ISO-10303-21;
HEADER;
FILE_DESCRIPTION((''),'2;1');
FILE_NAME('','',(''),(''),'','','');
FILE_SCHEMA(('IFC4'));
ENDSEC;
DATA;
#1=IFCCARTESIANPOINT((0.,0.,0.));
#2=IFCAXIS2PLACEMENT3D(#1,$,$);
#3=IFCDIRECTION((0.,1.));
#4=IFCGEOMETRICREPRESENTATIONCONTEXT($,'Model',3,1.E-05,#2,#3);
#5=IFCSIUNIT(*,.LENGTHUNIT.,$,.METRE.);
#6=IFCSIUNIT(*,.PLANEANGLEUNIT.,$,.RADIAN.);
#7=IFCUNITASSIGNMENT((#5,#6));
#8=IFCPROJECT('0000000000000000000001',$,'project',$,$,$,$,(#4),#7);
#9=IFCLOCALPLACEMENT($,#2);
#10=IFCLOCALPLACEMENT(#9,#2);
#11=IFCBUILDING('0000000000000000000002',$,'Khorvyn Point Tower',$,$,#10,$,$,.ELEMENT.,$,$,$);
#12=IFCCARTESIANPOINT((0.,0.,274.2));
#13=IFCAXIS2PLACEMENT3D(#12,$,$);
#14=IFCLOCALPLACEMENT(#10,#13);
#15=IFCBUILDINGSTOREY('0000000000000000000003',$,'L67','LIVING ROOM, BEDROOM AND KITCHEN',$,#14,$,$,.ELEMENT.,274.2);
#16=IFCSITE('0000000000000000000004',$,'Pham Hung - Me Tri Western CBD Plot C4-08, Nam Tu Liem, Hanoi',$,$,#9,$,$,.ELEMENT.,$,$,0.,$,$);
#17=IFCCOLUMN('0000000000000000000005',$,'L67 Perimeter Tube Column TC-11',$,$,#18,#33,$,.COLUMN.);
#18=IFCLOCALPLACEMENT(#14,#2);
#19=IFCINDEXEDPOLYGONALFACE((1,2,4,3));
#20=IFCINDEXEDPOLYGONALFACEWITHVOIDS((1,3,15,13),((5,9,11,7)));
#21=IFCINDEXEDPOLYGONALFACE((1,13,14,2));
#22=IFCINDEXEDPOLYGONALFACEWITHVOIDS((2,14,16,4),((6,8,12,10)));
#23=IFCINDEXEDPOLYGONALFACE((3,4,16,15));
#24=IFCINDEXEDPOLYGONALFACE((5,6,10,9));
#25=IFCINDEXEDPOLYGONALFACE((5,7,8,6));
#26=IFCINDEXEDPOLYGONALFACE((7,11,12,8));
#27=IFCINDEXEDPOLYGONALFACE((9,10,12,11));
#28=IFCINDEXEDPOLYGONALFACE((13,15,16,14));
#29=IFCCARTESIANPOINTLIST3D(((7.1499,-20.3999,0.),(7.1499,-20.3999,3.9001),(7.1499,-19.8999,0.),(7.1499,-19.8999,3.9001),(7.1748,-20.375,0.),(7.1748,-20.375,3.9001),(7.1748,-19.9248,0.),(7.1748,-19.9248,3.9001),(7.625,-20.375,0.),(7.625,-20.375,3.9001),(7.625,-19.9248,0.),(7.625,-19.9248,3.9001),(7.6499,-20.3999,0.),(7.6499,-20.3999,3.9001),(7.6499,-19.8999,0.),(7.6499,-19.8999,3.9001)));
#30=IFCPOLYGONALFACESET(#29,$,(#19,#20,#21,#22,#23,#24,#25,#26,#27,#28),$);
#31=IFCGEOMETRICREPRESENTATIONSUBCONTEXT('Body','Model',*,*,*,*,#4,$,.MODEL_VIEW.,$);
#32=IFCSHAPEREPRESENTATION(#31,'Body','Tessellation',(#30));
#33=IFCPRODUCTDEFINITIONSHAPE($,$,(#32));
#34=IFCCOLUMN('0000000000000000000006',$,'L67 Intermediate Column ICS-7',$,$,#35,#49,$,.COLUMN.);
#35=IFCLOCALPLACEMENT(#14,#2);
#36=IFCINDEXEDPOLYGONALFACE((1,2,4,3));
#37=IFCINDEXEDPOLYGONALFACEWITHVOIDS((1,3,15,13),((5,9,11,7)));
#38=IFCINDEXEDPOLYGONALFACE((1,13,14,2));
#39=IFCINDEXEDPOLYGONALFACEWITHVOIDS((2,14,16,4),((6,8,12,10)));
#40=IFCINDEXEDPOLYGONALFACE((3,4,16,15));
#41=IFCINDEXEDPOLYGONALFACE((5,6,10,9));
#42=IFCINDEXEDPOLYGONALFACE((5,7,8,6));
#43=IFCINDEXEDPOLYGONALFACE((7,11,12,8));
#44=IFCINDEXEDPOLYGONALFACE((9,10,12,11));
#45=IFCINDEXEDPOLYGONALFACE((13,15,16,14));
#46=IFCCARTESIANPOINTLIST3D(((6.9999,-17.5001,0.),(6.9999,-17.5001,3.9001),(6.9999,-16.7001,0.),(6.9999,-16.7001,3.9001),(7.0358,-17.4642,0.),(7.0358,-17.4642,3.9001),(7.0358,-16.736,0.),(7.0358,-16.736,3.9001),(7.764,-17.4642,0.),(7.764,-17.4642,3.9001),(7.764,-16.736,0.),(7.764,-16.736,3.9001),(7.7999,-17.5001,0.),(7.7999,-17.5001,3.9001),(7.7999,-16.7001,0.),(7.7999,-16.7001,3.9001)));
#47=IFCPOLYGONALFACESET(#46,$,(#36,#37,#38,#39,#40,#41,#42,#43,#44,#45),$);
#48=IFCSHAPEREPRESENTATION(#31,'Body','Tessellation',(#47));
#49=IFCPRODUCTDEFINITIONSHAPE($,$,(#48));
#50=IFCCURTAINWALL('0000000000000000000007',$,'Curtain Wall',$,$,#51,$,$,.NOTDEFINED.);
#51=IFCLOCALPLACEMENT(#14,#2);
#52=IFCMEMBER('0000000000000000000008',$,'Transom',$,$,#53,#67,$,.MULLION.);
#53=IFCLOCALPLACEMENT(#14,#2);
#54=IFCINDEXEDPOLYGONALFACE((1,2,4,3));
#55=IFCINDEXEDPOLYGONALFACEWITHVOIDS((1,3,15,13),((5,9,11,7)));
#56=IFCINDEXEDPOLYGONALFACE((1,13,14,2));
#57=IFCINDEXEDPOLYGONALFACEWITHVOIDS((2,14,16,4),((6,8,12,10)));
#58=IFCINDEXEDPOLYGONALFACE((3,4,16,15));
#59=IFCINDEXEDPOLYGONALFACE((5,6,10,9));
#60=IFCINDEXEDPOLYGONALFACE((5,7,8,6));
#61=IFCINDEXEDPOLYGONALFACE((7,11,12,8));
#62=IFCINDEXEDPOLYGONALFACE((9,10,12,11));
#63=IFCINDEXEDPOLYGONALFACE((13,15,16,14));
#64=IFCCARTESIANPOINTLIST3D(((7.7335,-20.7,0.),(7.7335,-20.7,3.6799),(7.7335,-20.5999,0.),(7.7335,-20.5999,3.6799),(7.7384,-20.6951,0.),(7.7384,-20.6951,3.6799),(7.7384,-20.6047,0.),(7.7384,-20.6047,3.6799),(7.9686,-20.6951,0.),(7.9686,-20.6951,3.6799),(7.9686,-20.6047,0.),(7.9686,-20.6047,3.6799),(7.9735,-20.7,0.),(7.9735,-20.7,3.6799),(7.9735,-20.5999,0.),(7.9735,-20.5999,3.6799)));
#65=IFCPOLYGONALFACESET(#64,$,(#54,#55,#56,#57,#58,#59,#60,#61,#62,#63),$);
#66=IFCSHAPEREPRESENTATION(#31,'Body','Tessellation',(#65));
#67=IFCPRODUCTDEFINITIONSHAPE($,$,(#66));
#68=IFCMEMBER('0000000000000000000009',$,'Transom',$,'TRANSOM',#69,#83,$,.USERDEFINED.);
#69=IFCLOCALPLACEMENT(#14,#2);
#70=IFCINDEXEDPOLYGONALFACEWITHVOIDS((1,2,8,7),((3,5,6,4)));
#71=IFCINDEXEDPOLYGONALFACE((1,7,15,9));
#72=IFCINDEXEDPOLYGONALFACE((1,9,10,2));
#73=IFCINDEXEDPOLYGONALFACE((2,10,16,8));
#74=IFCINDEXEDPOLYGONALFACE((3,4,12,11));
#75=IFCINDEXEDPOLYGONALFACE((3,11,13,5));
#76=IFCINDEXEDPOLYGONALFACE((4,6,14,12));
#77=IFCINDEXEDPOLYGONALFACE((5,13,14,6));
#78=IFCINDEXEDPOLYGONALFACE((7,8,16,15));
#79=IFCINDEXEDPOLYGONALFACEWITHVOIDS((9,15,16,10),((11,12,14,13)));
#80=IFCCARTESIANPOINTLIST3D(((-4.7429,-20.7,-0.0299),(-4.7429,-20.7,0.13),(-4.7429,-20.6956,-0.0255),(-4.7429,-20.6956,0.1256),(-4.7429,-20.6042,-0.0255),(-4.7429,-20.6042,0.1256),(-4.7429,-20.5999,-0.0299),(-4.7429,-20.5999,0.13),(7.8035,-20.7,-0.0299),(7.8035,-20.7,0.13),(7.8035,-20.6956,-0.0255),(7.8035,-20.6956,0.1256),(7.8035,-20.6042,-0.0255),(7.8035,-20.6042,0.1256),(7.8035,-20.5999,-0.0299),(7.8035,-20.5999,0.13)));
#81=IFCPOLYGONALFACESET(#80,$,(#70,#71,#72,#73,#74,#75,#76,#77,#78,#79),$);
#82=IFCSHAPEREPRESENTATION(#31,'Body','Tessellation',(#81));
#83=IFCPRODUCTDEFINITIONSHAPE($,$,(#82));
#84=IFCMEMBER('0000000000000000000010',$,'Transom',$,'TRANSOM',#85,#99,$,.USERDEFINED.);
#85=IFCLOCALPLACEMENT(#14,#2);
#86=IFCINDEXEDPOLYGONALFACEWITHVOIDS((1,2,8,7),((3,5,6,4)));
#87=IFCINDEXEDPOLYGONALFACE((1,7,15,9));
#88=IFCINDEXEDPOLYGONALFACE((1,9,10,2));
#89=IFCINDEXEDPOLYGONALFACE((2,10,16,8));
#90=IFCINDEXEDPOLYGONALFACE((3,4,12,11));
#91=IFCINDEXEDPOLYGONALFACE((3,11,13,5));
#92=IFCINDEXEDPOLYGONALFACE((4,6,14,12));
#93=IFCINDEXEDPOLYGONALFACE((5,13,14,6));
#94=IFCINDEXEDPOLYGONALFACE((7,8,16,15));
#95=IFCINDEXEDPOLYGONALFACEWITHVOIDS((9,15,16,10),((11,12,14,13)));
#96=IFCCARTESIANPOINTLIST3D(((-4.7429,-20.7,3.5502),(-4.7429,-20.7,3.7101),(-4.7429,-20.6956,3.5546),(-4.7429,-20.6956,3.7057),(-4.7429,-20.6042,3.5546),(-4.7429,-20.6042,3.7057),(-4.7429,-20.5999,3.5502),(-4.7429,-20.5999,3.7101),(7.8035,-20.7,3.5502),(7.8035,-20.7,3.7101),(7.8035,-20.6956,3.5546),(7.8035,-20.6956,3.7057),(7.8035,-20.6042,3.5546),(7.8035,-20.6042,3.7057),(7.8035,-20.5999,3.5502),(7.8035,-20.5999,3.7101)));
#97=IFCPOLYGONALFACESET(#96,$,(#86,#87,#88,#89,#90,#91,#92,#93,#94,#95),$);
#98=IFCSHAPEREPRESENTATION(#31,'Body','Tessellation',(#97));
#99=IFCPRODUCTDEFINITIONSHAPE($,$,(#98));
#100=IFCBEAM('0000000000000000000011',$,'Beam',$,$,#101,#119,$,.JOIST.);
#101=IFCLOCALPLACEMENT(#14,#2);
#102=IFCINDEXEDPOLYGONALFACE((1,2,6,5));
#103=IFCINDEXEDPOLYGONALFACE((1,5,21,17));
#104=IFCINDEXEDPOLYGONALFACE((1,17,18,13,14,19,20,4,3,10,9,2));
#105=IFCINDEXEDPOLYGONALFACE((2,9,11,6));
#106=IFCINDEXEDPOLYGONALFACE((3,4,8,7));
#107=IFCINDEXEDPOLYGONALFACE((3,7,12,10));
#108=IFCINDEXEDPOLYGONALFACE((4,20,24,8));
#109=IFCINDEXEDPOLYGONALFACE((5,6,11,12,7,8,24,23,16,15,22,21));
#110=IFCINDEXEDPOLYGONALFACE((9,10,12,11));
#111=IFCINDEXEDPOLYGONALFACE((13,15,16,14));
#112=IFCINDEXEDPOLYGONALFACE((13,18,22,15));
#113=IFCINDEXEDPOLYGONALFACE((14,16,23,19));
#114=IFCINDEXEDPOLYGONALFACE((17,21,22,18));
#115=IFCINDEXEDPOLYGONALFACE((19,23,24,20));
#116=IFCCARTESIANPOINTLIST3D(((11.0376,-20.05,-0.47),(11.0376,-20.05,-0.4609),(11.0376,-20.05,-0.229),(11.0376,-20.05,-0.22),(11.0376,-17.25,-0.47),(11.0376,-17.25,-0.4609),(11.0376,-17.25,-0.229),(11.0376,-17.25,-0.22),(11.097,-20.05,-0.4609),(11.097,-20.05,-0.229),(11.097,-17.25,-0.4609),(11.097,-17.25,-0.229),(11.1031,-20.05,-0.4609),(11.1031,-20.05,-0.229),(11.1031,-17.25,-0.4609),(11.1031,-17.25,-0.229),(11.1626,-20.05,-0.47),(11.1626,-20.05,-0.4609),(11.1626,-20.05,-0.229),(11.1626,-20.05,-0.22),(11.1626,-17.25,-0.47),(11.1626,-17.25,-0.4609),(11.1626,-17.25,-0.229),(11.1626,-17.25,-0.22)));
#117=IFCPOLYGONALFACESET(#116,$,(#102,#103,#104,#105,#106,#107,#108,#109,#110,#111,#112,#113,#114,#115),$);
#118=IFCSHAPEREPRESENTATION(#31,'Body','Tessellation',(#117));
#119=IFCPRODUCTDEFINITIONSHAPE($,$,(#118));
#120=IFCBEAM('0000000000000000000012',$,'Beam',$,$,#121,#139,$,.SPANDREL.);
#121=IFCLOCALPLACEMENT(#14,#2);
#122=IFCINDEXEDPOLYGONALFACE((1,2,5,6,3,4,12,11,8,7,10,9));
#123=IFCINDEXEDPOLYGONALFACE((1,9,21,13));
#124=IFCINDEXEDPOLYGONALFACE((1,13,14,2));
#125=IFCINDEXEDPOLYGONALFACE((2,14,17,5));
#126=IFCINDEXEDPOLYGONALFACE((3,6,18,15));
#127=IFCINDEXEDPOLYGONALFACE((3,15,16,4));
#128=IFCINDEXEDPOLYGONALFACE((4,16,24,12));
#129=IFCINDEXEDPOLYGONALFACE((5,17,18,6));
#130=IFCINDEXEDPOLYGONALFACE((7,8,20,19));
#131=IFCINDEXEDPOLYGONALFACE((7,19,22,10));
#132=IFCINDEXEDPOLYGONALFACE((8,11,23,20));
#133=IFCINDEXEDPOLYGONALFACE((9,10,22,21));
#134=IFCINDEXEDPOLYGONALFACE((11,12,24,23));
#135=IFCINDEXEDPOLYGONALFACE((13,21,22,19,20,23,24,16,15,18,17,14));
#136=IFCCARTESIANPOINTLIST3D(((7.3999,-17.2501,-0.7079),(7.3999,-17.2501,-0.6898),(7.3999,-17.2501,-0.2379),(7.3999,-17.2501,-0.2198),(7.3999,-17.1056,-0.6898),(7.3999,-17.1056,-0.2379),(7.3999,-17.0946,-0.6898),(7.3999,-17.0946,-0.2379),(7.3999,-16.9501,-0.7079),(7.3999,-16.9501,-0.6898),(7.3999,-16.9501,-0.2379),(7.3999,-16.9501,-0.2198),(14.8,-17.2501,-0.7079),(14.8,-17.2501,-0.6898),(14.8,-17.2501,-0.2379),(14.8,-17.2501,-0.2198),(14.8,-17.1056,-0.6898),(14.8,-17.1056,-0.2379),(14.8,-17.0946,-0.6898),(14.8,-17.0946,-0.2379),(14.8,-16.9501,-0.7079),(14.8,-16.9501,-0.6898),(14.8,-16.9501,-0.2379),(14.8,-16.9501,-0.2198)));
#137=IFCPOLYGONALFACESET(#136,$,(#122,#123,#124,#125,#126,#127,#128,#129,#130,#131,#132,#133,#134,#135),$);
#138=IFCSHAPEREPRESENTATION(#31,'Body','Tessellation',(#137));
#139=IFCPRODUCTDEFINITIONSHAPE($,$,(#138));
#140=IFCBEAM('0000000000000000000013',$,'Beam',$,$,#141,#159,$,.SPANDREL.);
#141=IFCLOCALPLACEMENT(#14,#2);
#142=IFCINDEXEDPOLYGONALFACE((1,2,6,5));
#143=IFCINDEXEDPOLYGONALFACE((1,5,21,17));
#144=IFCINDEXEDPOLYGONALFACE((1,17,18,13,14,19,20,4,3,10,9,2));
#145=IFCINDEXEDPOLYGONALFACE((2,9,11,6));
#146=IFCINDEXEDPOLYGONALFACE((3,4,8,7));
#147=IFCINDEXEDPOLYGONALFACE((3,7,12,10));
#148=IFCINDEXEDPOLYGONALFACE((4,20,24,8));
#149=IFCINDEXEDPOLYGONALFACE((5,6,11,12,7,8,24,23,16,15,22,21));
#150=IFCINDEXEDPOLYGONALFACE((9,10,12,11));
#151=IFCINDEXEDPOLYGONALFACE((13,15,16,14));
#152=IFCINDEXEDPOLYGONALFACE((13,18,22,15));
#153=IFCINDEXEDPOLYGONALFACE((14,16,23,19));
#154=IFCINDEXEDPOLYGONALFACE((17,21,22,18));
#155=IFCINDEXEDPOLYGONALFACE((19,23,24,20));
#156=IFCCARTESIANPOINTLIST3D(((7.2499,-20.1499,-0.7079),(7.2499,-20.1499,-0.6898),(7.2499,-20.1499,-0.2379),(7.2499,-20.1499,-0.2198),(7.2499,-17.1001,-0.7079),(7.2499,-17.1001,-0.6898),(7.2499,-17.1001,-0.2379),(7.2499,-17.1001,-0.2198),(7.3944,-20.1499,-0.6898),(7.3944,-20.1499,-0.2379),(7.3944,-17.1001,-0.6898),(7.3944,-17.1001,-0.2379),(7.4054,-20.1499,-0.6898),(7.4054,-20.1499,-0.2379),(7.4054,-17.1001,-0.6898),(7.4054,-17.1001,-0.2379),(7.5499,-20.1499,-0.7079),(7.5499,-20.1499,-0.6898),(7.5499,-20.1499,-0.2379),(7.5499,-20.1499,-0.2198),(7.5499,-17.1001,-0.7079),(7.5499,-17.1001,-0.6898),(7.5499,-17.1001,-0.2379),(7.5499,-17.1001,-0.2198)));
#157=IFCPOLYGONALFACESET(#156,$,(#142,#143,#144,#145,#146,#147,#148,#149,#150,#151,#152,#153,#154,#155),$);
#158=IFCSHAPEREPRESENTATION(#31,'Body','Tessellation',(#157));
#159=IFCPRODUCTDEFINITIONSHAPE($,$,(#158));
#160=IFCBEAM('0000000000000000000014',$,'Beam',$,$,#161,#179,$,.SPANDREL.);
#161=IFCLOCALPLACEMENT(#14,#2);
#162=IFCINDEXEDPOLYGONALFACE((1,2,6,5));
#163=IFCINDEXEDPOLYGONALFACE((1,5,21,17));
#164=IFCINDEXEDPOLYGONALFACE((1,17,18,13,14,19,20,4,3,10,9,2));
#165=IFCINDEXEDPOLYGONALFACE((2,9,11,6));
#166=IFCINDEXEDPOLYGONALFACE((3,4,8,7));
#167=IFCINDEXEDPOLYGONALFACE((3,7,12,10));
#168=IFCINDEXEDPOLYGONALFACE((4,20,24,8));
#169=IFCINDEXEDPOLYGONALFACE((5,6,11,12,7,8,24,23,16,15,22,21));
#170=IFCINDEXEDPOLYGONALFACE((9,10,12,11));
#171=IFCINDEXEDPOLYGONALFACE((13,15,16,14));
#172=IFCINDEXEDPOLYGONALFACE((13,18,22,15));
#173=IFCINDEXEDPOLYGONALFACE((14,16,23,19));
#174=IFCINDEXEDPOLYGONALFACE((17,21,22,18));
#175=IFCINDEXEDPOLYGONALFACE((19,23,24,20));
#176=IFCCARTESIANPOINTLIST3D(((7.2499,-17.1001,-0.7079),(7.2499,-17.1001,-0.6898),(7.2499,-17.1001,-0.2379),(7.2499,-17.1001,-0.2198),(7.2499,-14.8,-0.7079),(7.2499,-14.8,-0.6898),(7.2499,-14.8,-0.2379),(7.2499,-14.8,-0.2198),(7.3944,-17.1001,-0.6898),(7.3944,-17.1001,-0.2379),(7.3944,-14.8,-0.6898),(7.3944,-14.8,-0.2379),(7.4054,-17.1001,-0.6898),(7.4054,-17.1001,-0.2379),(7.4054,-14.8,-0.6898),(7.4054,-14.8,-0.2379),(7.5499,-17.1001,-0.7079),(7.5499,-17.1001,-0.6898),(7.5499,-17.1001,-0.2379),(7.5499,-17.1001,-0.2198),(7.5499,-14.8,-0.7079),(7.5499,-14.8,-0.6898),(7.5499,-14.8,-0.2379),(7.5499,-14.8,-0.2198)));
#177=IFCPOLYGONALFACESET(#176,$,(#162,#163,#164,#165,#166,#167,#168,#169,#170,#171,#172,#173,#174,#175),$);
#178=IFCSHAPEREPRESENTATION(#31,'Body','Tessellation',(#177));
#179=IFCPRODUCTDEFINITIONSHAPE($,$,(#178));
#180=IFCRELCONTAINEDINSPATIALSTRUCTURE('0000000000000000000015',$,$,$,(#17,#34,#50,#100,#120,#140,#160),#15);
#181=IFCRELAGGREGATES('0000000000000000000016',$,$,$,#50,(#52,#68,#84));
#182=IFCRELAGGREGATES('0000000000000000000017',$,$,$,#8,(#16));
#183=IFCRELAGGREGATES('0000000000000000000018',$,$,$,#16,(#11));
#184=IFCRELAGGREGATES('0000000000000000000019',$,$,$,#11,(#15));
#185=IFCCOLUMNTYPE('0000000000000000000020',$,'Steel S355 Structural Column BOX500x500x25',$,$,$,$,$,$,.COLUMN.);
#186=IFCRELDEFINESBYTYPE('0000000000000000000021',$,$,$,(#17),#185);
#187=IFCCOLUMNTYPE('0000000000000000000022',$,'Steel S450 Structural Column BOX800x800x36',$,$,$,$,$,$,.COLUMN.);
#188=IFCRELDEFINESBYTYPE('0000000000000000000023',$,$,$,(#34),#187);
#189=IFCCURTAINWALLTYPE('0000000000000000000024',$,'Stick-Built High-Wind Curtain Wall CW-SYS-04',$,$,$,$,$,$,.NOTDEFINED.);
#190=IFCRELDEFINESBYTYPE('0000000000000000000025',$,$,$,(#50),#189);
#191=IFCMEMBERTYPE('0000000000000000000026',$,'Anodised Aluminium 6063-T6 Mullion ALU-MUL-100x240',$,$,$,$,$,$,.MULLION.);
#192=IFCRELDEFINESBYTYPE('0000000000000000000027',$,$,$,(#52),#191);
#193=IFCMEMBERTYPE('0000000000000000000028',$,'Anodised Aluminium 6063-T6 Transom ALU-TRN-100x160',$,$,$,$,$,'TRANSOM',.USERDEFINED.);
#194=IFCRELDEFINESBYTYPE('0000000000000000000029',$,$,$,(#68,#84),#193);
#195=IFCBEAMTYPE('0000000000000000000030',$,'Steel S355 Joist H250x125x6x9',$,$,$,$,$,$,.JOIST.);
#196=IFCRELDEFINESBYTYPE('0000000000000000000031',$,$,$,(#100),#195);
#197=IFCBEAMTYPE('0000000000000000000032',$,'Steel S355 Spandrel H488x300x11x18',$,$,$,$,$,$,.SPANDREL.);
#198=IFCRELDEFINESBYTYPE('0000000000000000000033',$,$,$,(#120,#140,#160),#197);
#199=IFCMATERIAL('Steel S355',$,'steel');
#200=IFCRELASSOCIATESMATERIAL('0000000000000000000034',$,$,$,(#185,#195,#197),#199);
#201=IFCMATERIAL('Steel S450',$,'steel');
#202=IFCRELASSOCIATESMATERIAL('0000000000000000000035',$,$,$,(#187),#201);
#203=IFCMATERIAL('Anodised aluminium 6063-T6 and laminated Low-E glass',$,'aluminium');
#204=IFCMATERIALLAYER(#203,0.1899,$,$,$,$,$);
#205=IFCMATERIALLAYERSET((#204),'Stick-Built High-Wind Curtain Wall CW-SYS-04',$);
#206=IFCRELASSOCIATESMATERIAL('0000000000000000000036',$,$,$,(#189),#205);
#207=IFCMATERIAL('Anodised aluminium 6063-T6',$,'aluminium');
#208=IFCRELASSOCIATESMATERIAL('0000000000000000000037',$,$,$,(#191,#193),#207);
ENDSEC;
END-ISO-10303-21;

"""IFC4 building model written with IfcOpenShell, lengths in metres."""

from ifc_helpers import new_model, si_unit, direction, frame, origin, origin_2d, place, context, subcontext, project, spatial, hollow_rectangle, i_section, extrude, material, layer, layer_set, material_profile, profile_set, type_object, element, aggregate, save


model = new_model("IFC4")

# Units and contexts
model_context = context("Model", 3, precision=1e-05, world=origin(), true_north=direction((0.0, 1.0)))
body_context = subcontext(model_context, "Body", "Model", "MODEL_VIEW")
ifc_project = project(units=[si_unit("LENGTHUNIT", "METRE"), si_unit("PLANEANGLEUNIT", "RADIAN")], contexts=[model_context])

# Site, building, storey
site_placement = place(None, origin())
site = spatial("IfcSite", under=ifc_project, at=site_placement, Name="Pham Hung - Me Tri Western CBD Plot C4-08, Nam Tu Liem, Hanoi", CompositionType="ELEMENT", RefElevation=0.0)
building_placement = place(site_placement, origin())
building = spatial("IfcBuilding", under=site, at=building_placement, Name="Khorvyn Point Tower", CompositionType="ELEMENT")
storey_placement = place(building_placement, frame((0.0, 0.0, 274.2)))
storey = spatial("IfcBuildingStorey", under=building, at=storey_placement, Name="L67", Description="LIVING ROOM, BEDROOM AND KITCHEN", CompositionType="ELEMENT", Elevation=274.2)

# Columns
ifc_material_1 = material(Name="Steel S355", Category="steel")
ifc_material_profile_1 = material_profile(ifc_material_1, hollow_rectangle(XDim=0.5, YDim=0.5, WallThickness=0.0249, at=origin_2d()))
ifc_profile_set_1 = profile_set([ifc_material_profile_1], Name="Steel S355 BOX500x500x25")
column_type_1 = type_object("IfcColumnType", Name="Steel S355 Structural Column BOX500x500x25", PredefinedType="COLUMN", material=ifc_profile_set_1)
column_1_placement = place(storey_placement, frame((7.3999, -20.1499, 0.0), z_axis=(0.0, 0.0, 1.0), x_axis=(1.0, 0.0, 0.0)))
element("IfcColumn", 1, at=column_1_placement, inside=storey, type_object=column_type_1, Name="L67 Perimeter Tube Column TC-11", PredefinedType="COLUMN", context=body_context, shape_type="SweptSolid", body=[
    extrude(hollow_rectangle(XDim=0.5, YDim=0.5, WallThickness=0.0249, at=origin_2d()), origin(), (0.0, 0.0, 1.0), 3.9001),
])
ifc_material_2 = material(Name="Steel S450", Category="steel")
ifc_material_profile_2 = material_profile(ifc_material_2, hollow_rectangle(XDim=0.8, YDim=0.8, WallThickness=0.0359, at=origin_2d()))
ifc_profile_set_2 = profile_set([ifc_material_profile_2], Name="Steel S450 BOX800x800x36")
column_type_2 = type_object("IfcColumnType", Name="Steel S450 Structural Column BOX800x800x36", PredefinedType="COLUMN", material=ifc_profile_set_2)
column_2_placement = place(storey_placement, frame((7.3999, -17.1001, 0.0), z_axis=(0.0, 0.0, 1.0), x_axis=(1.0, 0.0, 0.0)))
element("IfcColumn", 2, at=column_2_placement, inside=storey, type_object=column_type_2, Name="L67 Intermediate Column ICS-7", PredefinedType="COLUMN", context=body_context, shape_type="SweptSolid", body=[
    extrude(hollow_rectangle(XDim=0.8, YDim=0.8, WallThickness=0.0359, at=origin_2d()), origin(), (0.0, 0.0, 1.0), 3.9001),
])

# Curtain wall, members
ifc_material_3 = material(Name="Anodised aluminium 6063-T6 and laminated Low-E glass", Category="aluminium")
ifc_layer_1 = layer(ifc_material_3, 0.1899)
ifc_layer_set_1 = layer_set([ifc_layer_1], Name="Stick-Built High-Wind Curtain Wall CW-SYS-04")
curtain_wall_type = type_object("IfcCurtainWallType", Name="Stick-Built High-Wind Curtain Wall CW-SYS-04", PredefinedType="NOTDEFINED", material=ifc_layer_set_1)
curtain_wall_placement = place(storey_placement, origin())
curtain_wall = element("IfcCurtainWall", 3, at=curtain_wall_placement, inside=storey, type_object=curtain_wall_type, Name="Curtain Wall", PredefinedType="NOTDEFINED")
ifc_material_4 = material(Name="Anodised aluminium 6063-T6", Category="aluminium")
ifc_material_profile_3 = material_profile(ifc_material_4, hollow_rectangle(XDim=0.1001, YDim=0.24, WallThickness=0.0049, at=origin_2d()))
ifc_profile_set_3 = profile_set([ifc_material_profile_3], Name="Anodised aluminium 6063-T6 ALU-MUL-100x240")
member_type_1 = type_object("IfcMemberType", Name="Anodised Aluminium 6063-T6 Mullion ALU-MUL-100x240", PredefinedType="MULLION", material=ifc_profile_set_3)
member_1_placement = place(storey_placement, frame((7.8535, -20.6499, 0.0), z_axis=(0.0, 0.0, 1.0), x_axis=(0.0, -1.0, 0.0)))
member_1 = element("IfcMember", 4, at=member_1_placement, type_object=member_type_1, Name="Transom", PredefinedType="MULLION", context=body_context, shape_type="SweptSolid", body=[
    extrude(hollow_rectangle(XDim=0.1001, YDim=0.24, WallThickness=0.0049, at=origin_2d()), origin(), (0.0, 0.0, 1.0), 3.6799),
])
ifc_material_profile_4 = material_profile(ifc_material_4, hollow_rectangle(XDim=0.1001, YDim=0.1599, WallThickness=0.0044, at=origin_2d()))
ifc_profile_set_4 = profile_set([ifc_material_profile_4], Name="Anodised aluminium 6063-T6 ALU-TRN-100x160")
member_type_2 = type_object("IfcMemberType", Name="Anodised Aluminium 6063-T6 Transom ALU-TRN-100x160", ElementType="TRANSOM", PredefinedType="USERDEFINED", material=ifc_profile_set_4)
member_2_placement = place(storey_placement, frame((7.8035, -20.6499, 0.05), z_axis=(-1.0, 0.0, 0.0), x_axis=(0.0, -1.0, 0.0)))
member_2 = element("IfcMember", 5, at=member_2_placement, type_object=member_type_2, Name="Transom", ObjectType="TRANSOM", PredefinedType="USERDEFINED", context=body_context, shape_type="SweptSolid", body=[
    extrude(hollow_rectangle(XDim=0.1001, YDim=0.1599, WallThickness=0.0044, at=origin_2d()), origin(), (0.0, 0.0, 1.0), 12.5464),
])
member_3_placement = place(storey_placement, frame((7.8035, -20.6499, 3.6301), z_axis=(-1.0, 0.0, 0.0), x_axis=(0.0, -1.0, 0.0)))
member_3 = element("IfcMember", 6, at=member_3_placement, type_object=member_type_2, Name="Transom", ObjectType="TRANSOM", PredefinedType="USERDEFINED", context=body_context, shape_type="SweptSolid", body=[
    extrude(hollow_rectangle(XDim=0.1001, YDim=0.1599, WallThickness=0.0044, at=origin_2d()), origin(), (0.0, 0.0, 1.0), 12.5464),
])

# Beams
ifc_material_profile_5 = material_profile(ifc_material_1, i_section(OverallWidth=0.125, OverallDepth=0.25, WebThickness=0.0061, FlangeThickness=0.009, at=origin_2d()))
ifc_profile_set_5 = profile_set([ifc_material_profile_5], Name="Steel S355 H250x125x6x9")
beam_type_1 = type_object("IfcBeamType", Name="Steel S355 Joist H250x125x6x9", PredefinedType="JOIST", material=ifc_profile_set_5)
beam_1_placement = place(storey_placement, frame((11.1001, -20.05, -0.345), z_axis=(0.0, 1.0, 0.0), x_axis=(-1.0, 0.0, 0.0)))
element("IfcBeam", 7, at=beam_1_placement, inside=storey, type_object=beam_type_1, Name="Beam", PredefinedType="JOIST", context=body_context, shape_type="SweptSolid", body=[
    extrude(i_section(OverallWidth=0.125, OverallDepth=0.25, WebThickness=0.0061, FlangeThickness=0.009, at=origin_2d()), origin(), (0.0, 0.0, 1.0), 2.8),
])
ifc_material_profile_6 = material_profile(ifc_material_1, i_section(OverallWidth=0.3, OverallDepth=0.488, WebThickness=0.011, FlangeThickness=0.0181, at=origin_2d()))
ifc_profile_set_6 = profile_set([ifc_material_profile_6], Name="Steel S355 H488x300x11x18")
beam_type_2 = type_object("IfcBeamType", Name="Steel S355 Spandrel H488x300x11x18", PredefinedType="SPANDREL", material=ifc_profile_set_6)
beam_2_placement = place(storey_placement, frame((7.3999, -17.1001, -0.4639), z_axis=(1.0, 0.0, 0.0), x_axis=(0.0, 1.0, 0.0)))
element("IfcBeam", 8, at=beam_2_placement, inside=storey, type_object=beam_type_2, Name="Beam", PredefinedType="SPANDREL", context=body_context, shape_type="SweptSolid", body=[
    extrude(i_section(OverallWidth=0.3, OverallDepth=0.488, WebThickness=0.011, FlangeThickness=0.0181, at=origin_2d()), origin(), (0.0, 0.0, 1.0), 7.4001),
])
beam_3_placement = place(storey_placement, frame((7.3999, -20.1499, -0.4639), z_axis=(0.0, 1.0, 0.0), x_axis=(-1.0, 0.0, 0.0)))
element("IfcBeam", 9, at=beam_3_placement, inside=storey, type_object=beam_type_2, Name="Beam", PredefinedType="SPANDREL", context=body_context, shape_type="SweptSolid", body=[
    extrude(i_section(OverallWidth=0.3, OverallDepth=0.488, WebThickness=0.011, FlangeThickness=0.0181, at=origin_2d()), origin(), (0.0, 0.0, 1.0), 3.0498),
])
beam_4_placement = place(storey_placement, frame((7.3999, -17.1001, -0.4639), z_axis=(0.0, 1.0, 0.0), x_axis=(-1.0, 0.0, 0.0)))
element("IfcBeam", 10, at=beam_4_placement, inside=storey, type_object=beam_type_2, Name="Beam", PredefinedType="SPANDREL", context=body_context, shape_type="SweptSolid", body=[
    extrude(i_section(OverallWidth=0.3, OverallDepth=0.488, WebThickness=0.011, FlangeThickness=0.0181, at=origin_2d()), origin(), (0.0, 0.0, 1.0), 2.3),
])

aggregate(curtain_wall, [member_1, member_2, member_3])

save(model, "model.ifc")
